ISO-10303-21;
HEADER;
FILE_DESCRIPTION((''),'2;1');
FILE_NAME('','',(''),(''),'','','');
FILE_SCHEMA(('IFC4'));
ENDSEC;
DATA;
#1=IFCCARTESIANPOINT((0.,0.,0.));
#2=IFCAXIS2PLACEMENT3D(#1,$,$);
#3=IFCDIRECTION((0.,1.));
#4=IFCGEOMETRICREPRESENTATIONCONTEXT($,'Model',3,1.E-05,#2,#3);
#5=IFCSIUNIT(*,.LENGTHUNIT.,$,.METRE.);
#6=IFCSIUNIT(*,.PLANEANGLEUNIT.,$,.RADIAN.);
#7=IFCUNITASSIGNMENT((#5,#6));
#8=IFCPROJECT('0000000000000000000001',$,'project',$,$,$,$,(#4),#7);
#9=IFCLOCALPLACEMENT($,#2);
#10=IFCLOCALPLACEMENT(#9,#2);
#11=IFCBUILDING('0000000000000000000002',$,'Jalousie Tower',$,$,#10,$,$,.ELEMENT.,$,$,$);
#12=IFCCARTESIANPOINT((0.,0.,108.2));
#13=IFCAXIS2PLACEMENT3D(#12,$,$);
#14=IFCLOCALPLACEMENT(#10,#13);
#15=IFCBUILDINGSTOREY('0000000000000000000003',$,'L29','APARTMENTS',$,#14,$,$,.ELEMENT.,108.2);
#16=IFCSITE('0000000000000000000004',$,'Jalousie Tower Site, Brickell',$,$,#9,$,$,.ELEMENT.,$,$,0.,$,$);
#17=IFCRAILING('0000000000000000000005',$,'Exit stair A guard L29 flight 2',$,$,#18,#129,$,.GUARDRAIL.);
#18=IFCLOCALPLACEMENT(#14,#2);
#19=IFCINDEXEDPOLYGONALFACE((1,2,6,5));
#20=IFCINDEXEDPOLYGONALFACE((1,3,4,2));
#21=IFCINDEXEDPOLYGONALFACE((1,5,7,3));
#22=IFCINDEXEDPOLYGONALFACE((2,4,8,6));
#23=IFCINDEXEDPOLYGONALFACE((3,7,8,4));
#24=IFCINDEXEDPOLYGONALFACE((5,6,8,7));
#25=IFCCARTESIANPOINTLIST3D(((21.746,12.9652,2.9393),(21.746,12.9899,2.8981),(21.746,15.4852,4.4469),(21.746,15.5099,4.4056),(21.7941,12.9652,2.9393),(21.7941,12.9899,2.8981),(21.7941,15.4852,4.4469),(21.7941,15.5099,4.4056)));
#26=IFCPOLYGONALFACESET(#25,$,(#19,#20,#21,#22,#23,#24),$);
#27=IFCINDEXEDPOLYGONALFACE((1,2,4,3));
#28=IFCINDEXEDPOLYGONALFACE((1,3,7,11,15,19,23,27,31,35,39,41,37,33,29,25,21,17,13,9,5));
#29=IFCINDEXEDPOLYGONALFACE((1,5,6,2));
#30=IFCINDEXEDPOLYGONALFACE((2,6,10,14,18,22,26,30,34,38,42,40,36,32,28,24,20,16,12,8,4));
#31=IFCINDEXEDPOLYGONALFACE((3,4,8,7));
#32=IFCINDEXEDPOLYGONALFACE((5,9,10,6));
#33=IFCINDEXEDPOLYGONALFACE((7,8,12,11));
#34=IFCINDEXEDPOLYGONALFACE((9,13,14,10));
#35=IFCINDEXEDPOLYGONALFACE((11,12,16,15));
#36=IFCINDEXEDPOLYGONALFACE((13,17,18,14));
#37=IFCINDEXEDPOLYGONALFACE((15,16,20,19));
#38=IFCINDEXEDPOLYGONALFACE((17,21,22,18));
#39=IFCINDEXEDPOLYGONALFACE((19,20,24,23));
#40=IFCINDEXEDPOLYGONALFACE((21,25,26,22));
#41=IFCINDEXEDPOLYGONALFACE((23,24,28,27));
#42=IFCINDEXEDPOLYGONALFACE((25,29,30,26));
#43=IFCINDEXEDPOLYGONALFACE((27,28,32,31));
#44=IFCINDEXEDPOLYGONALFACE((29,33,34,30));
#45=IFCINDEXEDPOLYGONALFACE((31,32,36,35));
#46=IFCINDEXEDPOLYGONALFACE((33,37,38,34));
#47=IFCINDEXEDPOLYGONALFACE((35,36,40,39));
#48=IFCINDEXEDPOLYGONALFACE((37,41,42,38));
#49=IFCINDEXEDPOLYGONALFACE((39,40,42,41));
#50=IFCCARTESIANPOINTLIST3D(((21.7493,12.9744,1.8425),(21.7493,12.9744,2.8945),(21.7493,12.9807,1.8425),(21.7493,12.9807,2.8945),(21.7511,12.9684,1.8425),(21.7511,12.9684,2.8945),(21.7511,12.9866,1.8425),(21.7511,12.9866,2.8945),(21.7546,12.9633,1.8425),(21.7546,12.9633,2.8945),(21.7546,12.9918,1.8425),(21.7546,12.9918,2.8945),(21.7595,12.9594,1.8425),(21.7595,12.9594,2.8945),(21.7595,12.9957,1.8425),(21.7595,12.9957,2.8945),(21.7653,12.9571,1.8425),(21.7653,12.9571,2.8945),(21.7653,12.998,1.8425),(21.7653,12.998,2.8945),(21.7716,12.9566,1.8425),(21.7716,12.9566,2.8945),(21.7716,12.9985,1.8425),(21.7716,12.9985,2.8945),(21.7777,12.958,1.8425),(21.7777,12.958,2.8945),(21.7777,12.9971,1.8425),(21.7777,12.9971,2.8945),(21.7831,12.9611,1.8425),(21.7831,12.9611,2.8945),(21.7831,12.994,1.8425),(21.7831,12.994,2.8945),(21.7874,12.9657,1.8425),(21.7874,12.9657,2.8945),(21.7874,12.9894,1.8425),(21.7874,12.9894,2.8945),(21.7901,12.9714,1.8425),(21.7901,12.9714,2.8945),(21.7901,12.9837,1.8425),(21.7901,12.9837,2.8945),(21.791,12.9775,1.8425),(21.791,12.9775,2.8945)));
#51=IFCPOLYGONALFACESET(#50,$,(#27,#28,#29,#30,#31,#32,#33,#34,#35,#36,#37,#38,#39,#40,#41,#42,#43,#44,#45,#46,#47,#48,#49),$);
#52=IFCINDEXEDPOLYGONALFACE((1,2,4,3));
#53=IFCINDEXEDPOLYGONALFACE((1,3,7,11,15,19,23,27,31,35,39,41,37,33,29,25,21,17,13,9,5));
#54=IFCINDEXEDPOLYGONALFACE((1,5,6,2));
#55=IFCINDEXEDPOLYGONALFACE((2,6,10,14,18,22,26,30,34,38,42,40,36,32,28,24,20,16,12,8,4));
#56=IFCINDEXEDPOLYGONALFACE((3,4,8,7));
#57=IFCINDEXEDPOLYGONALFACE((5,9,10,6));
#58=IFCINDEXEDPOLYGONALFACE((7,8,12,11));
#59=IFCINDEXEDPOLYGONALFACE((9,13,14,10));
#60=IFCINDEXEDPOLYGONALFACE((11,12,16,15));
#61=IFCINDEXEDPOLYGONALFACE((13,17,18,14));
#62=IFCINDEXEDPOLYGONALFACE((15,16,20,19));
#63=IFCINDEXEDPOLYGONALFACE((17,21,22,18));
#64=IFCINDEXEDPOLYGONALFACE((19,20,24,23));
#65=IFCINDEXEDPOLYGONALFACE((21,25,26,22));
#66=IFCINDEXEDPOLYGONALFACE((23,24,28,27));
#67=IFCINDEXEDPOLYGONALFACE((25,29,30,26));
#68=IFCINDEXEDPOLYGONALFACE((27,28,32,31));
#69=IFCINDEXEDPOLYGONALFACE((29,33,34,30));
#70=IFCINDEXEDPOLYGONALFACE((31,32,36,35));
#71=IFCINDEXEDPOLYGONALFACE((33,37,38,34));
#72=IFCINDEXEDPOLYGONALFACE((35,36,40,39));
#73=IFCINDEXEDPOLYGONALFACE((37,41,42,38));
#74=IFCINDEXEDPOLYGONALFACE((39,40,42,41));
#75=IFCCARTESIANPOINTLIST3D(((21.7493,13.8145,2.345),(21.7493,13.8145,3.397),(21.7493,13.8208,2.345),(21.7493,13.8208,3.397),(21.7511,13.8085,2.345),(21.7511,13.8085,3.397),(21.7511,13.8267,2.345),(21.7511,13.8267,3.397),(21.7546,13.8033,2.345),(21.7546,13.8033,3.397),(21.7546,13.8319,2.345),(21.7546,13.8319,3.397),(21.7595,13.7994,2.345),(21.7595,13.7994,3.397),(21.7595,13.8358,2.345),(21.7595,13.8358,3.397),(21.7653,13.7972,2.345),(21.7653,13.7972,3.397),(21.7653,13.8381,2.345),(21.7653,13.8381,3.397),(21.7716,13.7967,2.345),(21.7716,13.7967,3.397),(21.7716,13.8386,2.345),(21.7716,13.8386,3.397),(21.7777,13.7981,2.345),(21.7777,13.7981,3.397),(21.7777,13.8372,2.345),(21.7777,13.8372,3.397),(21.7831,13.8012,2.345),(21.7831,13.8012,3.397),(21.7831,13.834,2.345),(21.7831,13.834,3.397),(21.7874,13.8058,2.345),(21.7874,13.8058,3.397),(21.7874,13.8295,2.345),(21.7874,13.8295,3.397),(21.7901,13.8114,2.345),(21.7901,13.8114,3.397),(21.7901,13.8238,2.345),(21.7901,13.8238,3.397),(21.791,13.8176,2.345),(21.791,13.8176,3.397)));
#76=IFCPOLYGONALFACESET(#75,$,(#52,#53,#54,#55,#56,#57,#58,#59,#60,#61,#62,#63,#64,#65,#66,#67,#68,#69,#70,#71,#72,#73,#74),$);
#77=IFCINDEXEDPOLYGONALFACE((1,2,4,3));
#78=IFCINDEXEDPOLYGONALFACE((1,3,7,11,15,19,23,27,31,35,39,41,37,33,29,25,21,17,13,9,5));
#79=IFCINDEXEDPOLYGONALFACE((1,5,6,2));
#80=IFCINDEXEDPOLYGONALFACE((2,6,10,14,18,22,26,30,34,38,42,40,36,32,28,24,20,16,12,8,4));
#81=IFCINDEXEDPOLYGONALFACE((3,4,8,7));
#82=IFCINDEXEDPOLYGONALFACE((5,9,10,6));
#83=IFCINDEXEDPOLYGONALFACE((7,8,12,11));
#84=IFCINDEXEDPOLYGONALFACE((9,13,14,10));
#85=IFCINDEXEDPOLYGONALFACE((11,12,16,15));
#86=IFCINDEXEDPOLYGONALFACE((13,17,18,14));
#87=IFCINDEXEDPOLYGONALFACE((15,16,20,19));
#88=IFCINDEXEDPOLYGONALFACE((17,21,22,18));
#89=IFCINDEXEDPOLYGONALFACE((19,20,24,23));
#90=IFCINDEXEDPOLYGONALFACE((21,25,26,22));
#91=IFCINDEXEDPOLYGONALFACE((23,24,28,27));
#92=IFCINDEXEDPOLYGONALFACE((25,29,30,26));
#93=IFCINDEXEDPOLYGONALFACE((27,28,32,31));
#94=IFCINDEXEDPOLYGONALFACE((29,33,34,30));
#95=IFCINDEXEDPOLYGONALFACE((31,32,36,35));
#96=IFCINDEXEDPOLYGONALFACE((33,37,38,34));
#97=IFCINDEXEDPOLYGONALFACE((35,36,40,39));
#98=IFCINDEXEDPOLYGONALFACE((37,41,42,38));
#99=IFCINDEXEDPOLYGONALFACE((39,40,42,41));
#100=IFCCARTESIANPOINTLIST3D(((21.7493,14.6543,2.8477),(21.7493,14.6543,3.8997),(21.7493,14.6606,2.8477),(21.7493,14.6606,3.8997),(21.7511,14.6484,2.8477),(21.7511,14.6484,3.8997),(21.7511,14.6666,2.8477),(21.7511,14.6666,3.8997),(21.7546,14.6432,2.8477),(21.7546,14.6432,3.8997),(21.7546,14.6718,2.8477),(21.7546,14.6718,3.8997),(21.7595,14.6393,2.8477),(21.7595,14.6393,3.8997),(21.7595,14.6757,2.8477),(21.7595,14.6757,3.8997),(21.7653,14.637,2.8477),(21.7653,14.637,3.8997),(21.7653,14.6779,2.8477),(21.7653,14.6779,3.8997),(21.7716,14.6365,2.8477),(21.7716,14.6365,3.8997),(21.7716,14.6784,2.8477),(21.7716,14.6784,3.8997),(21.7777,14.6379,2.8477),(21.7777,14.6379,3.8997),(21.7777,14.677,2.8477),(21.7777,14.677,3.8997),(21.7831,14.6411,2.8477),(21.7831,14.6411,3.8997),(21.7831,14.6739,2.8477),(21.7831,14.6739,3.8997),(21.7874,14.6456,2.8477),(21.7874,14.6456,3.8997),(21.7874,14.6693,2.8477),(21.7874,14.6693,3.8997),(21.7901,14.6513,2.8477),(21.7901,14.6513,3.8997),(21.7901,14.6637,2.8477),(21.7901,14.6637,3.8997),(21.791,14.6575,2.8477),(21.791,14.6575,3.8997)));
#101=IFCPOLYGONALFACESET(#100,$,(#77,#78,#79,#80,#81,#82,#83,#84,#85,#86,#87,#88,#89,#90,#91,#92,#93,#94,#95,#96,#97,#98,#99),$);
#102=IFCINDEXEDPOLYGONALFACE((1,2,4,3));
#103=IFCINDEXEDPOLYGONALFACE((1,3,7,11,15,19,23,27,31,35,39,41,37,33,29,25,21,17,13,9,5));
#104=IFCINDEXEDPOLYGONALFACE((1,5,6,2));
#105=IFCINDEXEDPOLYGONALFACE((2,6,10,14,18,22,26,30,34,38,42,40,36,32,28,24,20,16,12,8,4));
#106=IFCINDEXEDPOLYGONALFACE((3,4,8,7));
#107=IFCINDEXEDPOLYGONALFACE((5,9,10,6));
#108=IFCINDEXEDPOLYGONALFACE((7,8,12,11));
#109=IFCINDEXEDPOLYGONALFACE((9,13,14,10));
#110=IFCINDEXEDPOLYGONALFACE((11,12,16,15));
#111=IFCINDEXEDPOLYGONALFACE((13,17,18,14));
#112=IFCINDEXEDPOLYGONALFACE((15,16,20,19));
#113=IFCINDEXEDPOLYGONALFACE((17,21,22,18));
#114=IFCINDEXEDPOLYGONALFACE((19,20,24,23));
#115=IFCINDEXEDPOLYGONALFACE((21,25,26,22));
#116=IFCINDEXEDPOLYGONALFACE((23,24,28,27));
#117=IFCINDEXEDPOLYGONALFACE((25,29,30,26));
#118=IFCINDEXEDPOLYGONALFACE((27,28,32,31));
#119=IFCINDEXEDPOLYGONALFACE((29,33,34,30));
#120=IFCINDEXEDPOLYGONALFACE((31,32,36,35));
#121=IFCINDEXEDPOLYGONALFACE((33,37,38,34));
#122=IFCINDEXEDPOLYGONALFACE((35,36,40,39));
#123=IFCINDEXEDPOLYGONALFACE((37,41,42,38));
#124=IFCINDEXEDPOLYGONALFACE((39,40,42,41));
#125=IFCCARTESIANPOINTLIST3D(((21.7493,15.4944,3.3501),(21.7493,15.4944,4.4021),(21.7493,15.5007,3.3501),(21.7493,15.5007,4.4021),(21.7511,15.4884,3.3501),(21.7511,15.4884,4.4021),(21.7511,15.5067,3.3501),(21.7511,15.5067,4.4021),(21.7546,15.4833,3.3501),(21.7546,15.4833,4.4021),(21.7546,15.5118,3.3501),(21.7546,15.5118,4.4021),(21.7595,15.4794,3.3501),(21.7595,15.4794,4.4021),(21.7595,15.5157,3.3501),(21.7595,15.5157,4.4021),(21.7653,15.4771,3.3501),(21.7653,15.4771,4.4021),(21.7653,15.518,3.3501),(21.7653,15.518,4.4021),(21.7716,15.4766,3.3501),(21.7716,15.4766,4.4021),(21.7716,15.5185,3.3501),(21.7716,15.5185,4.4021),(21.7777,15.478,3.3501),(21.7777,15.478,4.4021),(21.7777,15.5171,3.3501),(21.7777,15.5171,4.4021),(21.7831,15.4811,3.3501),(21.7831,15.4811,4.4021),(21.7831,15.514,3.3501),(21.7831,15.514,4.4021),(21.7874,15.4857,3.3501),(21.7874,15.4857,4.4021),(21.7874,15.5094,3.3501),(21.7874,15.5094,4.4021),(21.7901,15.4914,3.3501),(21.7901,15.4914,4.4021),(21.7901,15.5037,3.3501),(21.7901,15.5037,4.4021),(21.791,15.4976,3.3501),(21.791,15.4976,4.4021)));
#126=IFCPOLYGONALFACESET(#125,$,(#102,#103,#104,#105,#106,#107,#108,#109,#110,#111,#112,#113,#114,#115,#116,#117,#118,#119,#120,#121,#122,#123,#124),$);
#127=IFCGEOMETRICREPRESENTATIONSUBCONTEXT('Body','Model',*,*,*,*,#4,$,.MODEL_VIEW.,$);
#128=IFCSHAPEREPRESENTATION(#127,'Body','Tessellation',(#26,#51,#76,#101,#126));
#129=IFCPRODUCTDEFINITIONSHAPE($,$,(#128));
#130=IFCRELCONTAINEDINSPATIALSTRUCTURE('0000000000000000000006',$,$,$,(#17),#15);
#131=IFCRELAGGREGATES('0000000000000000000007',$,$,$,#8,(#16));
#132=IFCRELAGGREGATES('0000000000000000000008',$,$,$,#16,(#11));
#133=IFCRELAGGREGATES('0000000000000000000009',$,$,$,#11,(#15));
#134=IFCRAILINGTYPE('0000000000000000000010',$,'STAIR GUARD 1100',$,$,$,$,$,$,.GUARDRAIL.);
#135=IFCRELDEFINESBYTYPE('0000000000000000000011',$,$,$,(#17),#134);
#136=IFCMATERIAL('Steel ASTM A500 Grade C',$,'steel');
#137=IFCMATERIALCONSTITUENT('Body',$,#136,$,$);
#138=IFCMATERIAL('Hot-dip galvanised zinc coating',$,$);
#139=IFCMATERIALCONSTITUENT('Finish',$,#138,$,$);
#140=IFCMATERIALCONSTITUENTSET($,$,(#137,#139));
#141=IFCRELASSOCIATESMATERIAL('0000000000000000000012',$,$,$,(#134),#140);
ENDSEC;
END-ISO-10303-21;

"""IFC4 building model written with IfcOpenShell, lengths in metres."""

from ifc_helpers import new_model, si_unit, direction, frame, origin, origin_2d, place, context, subcontext, project, spatial, rectangle, circle, extrude, material, constituent, constituent_set, type_object, element, save


model = new_model("IFC4")

# Units and contexts
model_context = context("Model", 3, precision=1e-05, world=origin(), true_north=direction((0.0, 1.0)))
body_context = subcontext(model_context, "Body", "Model", "MODEL_VIEW")
ifc_project = project(units=[si_unit("LENGTHUNIT", "METRE"), si_unit("PLANEANGLEUNIT", "RADIAN")], contexts=[model_context])

# Site, building, storey
site_placement = place(None, origin())
site = spatial("IfcSite", under=ifc_project, at=site_placement, Name="Jalousie Tower Site, Brickell", CompositionType="ELEMENT", RefElevation=0.0)
building_placement = place(site_placement, origin())
building = spatial("IfcBuilding", under=site, at=building_placement, Name="Jalousie Tower", CompositionType="ELEMENT")
storey_placement = place(building_placement, frame((0.0, 0.0, 108.2)))
storey = spatial("IfcBuildingStorey", under=building, at=storey_placement, Name="L29", Description="APARTMENTS", CompositionType="ELEMENT", Elevation=108.2)

# Railing
ifc_material_1 = material(Name="Steel ASTM A500 Grade C", Category="steel")
ifc_constituent_1 = constituent(ifc_material_1, Name="Body")
ifc_material_2 = material(Name="Hot-dip galvanised zinc coating")
ifc_constituent_2 = constituent(ifc_material_2, Name="Finish")
ifc_constituent_set_1 = constituent_set(constituents=[ifc_constituent_1, ifc_constituent_2])
railing_type_1 = type_object("IfcRailingType", Name="STAIR GUARD 1100", PredefinedType="GUARDRAIL", material=ifc_constituent_set_1)
railing_1_placement = place(storey_placement, frame((21.77, 12.9775, 1.8425)))
element("IfcRailing", 1, at=railing_1_placement, inside=storey, type_object=railing_type_1, Name="Exit stair A guard L29 flight 2", PredefinedType="GUARDRAIL", context=body_context, shape_type="SweptSolid", body=[
    extrude(rectangle(XDim=0.0481, YDim=0.0481, at=origin_2d()), frame((0.0, 0.0, 1.0762), z_axis=(0.0, 0.85816, 0.513383), x_axis=(-1.0, 0.0, 0.0)), (0.0, 0.0, 1.0), 2.9365),
    extrude(circle(Radius=0.021, at=origin_2d()), origin(), (0.0, 0.0, 1.0), 1.052),
    extrude(circle(Radius=0.021, at=origin_2d()), frame((0.0, 0.8401, 0.5024)), (0.0, 0.0, 1.0), 1.052),
    extrude(circle(Radius=0.021, at=origin_2d()), frame((0.0, 1.6799, 1.0051)), (0.0, 0.0, 1.0), 1.052),
    extrude(circle(Radius=0.021, at=origin_2d()), frame((0.0, 2.52, 1.5076)), (0.0, 0.0, 1.0), 1.052),
])

save(model, "model.ifc")
